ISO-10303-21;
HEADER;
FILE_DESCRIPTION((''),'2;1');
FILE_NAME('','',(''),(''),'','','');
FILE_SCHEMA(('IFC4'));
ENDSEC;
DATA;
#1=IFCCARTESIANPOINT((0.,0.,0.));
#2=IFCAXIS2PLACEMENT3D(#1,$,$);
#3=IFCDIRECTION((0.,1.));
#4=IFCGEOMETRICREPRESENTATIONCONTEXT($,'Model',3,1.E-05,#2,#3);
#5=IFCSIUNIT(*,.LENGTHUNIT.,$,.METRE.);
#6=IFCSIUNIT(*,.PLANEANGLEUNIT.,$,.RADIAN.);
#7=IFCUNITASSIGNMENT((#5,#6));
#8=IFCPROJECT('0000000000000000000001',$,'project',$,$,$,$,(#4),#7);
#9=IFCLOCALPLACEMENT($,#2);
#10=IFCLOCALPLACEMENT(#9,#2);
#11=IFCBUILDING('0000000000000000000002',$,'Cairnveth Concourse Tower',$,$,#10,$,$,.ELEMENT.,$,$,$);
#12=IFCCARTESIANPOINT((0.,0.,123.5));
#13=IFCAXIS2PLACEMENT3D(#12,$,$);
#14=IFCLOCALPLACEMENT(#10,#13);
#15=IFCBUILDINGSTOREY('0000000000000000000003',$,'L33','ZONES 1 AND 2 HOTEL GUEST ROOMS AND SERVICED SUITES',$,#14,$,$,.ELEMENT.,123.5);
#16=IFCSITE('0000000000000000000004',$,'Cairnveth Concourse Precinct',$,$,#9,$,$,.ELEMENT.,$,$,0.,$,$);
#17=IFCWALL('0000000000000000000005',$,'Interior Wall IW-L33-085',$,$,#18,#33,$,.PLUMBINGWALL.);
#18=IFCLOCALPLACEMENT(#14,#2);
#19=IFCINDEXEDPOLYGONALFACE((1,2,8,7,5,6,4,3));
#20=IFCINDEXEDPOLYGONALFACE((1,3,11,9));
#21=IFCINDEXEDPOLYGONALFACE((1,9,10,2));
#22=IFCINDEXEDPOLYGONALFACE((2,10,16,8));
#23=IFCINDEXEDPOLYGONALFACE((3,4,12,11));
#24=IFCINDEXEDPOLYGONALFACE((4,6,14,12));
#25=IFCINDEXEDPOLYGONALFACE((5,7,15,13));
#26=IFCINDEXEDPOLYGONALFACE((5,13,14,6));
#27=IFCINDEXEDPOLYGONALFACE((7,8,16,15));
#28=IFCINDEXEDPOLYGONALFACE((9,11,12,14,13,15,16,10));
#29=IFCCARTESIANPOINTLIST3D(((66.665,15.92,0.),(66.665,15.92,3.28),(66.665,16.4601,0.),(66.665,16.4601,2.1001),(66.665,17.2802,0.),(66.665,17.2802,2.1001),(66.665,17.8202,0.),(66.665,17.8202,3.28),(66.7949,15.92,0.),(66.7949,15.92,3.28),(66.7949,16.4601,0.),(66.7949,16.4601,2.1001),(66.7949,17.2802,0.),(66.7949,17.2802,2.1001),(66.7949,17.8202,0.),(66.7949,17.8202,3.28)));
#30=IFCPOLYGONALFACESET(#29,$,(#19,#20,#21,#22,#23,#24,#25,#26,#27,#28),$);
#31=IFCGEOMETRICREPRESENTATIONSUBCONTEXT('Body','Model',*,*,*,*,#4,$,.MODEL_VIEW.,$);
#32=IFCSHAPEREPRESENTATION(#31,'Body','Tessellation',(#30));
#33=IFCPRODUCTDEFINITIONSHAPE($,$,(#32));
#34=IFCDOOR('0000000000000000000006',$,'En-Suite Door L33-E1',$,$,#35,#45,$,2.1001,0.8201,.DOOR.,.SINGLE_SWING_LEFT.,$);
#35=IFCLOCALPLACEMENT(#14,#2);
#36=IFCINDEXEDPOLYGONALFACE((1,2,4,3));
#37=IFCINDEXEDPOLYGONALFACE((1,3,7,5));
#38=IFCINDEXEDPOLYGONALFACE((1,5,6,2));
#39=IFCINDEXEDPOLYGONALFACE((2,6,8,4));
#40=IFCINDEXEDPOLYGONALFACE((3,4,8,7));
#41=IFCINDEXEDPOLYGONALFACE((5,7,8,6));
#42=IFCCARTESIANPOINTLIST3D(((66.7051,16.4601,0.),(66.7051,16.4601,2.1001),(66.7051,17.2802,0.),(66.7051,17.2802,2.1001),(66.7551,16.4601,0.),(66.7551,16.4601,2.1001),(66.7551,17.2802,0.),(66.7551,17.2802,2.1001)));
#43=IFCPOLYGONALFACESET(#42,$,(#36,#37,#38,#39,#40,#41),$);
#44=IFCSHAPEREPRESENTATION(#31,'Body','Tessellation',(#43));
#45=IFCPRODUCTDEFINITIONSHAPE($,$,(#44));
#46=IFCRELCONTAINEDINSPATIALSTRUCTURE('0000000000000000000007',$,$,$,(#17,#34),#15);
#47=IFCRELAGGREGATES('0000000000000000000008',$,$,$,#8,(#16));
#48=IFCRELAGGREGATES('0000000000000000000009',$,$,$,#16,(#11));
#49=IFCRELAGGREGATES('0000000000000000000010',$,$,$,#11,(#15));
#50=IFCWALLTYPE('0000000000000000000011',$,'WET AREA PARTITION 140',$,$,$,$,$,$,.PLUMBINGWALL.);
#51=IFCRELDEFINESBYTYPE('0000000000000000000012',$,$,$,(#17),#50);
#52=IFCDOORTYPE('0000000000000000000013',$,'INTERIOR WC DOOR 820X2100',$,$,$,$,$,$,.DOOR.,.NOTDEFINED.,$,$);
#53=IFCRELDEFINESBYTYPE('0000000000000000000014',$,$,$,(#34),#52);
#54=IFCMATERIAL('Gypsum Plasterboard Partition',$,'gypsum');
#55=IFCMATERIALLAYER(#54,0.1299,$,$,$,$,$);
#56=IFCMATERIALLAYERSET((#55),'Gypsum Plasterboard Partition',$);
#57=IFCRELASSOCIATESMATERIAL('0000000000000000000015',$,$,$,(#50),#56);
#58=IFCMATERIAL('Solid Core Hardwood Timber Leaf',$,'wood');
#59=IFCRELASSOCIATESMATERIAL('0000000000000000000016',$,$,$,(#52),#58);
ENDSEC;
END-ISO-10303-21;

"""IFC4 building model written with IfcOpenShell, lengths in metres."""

from ifc_helpers import new_model, si_unit, direction, frame, frame_2d, origin, place, context, subcontext, project, spatial, rectangle, extrude, material, layer, layer_set, type_object, element, fill, save


model = new_model("IFC4")

# Units and contexts
model_context = context("Model", 3, precision=1e-05, world=origin(), true_north=direction((0.0, 1.0)))
body_context = subcontext(model_context, "Body", "Model", "MODEL_VIEW")
ifc_project = project(units=[si_unit("LENGTHUNIT", "METRE"), si_unit("PLANEANGLEUNIT", "RADIAN")], contexts=[model_context])

# Site, building, storey
site_placement = place(None, origin())
site = spatial("IfcSite", under=ifc_project, at=site_placement, Name="Cairnveth Concourse Precinct", CompositionType="ELEMENT", RefElevation=0.0)
building_placement = place(site_placement, origin())
building = spatial("IfcBuilding", under=site, at=building_placement, Name="Cairnveth Concourse Tower", CompositionType="ELEMENT")
storey_placement = place(building_placement, frame((0.0, 0.0, 123.5)))
storey = spatial("IfcBuildingStorey", under=building, at=storey_placement, Name="L33", Description="ZONES 1 AND 2 HOTEL GUEST ROOMS AND SERVICED SUITES", CompositionType="ELEMENT", Elevation=123.5)

# Shared definitions
ifc_material_1 = material(Name="Gypsum Plasterboard Partition", Category="gypsum")
ifc_material_2 = material(Name="Solid Core Hardwood Timber Leaf", Category="wood")

# Shared definitions
ifc_layer_1 = layer(ifc_material_1, 0.1299)
ifc_layer_set_1 = layer_set([ifc_layer_1], Name="Gypsum Plasterboard Partition")
wall_type_1 = type_object("IfcWallType", Name="WET AREA PARTITION 140", PredefinedType="PLUMBINGWALL", material=ifc_layer_set_1)

# Wall, opening, door
wall_1_placement = place(storey_placement, frame((66.73, 15.9199, 0.0), z_axis=(0.0, 0.0, 1.0), x_axis=(0.0, 1.0, 0.0)))
wall_1 = element("IfcWall", 1, at=wall_1_placement, inside=storey, type_object=wall_type_1, Name="Interior Wall IW-L33-085", PredefinedType="PLUMBINGWALL", context=body_context, shape_type="SweptSolid", body=[
    extrude(rectangle(XDim=1.9001, YDim=0.1299, at=frame_2d((0.9502, 0.0))), origin(), (0.0, 0.0, 1.0), 3.28),
])
opening_1_placement = place(wall_1_placement, frame((0.54, 0.0, 0.0)))
opening_1 = element("IfcOpeningElement", 2, at=opening_1_placement, cuts=wall_1, PredefinedType="OPENING", context=body_context, shape_type="SweptSolid", body=[
    extrude(rectangle(XDim=0.8201, YDim=2.1001, at=frame_2d((0.4102, 1.05))), frame((0.0, 0.075, 0.0), z_axis=(0.0, -1.0, 0.0), x_axis=(1.0, 0.0, 0.0)), (0.0, 0.0, 1.0), 0.1499),
])
door_type_1 = type_object("IfcDoorType", Name="INTERIOR WC DOOR 820X2100", OperationType="NOTDEFINED", PredefinedType="DOOR", material=ifc_material_2)
door_1_placement = place(opening_1_placement, origin())
door_1 = element("IfcDoor", 3, at=door_1_placement, inside=storey, type_object=door_type_1, Name="En-Suite Door L33-E1", OperationType="SINGLE_SWING_LEFT", OverallHeight=2.1001, OverallWidth=0.8201, PredefinedType="DOOR", context=body_context, shape_type="SweptSolid", body=[
    extrude(rectangle(XDim=0.8201, YDim=2.1001, at=frame_2d((0.4102, 1.05))), frame((0.0, 0.0249, 0.0), z_axis=(0.0, -1.0, 0.0), x_axis=(1.0, 0.0, 0.0)), (0.0, 0.0, 1.0), 0.05),
])
fill(opening_1, door_1)

save(model, "model.ifc")
